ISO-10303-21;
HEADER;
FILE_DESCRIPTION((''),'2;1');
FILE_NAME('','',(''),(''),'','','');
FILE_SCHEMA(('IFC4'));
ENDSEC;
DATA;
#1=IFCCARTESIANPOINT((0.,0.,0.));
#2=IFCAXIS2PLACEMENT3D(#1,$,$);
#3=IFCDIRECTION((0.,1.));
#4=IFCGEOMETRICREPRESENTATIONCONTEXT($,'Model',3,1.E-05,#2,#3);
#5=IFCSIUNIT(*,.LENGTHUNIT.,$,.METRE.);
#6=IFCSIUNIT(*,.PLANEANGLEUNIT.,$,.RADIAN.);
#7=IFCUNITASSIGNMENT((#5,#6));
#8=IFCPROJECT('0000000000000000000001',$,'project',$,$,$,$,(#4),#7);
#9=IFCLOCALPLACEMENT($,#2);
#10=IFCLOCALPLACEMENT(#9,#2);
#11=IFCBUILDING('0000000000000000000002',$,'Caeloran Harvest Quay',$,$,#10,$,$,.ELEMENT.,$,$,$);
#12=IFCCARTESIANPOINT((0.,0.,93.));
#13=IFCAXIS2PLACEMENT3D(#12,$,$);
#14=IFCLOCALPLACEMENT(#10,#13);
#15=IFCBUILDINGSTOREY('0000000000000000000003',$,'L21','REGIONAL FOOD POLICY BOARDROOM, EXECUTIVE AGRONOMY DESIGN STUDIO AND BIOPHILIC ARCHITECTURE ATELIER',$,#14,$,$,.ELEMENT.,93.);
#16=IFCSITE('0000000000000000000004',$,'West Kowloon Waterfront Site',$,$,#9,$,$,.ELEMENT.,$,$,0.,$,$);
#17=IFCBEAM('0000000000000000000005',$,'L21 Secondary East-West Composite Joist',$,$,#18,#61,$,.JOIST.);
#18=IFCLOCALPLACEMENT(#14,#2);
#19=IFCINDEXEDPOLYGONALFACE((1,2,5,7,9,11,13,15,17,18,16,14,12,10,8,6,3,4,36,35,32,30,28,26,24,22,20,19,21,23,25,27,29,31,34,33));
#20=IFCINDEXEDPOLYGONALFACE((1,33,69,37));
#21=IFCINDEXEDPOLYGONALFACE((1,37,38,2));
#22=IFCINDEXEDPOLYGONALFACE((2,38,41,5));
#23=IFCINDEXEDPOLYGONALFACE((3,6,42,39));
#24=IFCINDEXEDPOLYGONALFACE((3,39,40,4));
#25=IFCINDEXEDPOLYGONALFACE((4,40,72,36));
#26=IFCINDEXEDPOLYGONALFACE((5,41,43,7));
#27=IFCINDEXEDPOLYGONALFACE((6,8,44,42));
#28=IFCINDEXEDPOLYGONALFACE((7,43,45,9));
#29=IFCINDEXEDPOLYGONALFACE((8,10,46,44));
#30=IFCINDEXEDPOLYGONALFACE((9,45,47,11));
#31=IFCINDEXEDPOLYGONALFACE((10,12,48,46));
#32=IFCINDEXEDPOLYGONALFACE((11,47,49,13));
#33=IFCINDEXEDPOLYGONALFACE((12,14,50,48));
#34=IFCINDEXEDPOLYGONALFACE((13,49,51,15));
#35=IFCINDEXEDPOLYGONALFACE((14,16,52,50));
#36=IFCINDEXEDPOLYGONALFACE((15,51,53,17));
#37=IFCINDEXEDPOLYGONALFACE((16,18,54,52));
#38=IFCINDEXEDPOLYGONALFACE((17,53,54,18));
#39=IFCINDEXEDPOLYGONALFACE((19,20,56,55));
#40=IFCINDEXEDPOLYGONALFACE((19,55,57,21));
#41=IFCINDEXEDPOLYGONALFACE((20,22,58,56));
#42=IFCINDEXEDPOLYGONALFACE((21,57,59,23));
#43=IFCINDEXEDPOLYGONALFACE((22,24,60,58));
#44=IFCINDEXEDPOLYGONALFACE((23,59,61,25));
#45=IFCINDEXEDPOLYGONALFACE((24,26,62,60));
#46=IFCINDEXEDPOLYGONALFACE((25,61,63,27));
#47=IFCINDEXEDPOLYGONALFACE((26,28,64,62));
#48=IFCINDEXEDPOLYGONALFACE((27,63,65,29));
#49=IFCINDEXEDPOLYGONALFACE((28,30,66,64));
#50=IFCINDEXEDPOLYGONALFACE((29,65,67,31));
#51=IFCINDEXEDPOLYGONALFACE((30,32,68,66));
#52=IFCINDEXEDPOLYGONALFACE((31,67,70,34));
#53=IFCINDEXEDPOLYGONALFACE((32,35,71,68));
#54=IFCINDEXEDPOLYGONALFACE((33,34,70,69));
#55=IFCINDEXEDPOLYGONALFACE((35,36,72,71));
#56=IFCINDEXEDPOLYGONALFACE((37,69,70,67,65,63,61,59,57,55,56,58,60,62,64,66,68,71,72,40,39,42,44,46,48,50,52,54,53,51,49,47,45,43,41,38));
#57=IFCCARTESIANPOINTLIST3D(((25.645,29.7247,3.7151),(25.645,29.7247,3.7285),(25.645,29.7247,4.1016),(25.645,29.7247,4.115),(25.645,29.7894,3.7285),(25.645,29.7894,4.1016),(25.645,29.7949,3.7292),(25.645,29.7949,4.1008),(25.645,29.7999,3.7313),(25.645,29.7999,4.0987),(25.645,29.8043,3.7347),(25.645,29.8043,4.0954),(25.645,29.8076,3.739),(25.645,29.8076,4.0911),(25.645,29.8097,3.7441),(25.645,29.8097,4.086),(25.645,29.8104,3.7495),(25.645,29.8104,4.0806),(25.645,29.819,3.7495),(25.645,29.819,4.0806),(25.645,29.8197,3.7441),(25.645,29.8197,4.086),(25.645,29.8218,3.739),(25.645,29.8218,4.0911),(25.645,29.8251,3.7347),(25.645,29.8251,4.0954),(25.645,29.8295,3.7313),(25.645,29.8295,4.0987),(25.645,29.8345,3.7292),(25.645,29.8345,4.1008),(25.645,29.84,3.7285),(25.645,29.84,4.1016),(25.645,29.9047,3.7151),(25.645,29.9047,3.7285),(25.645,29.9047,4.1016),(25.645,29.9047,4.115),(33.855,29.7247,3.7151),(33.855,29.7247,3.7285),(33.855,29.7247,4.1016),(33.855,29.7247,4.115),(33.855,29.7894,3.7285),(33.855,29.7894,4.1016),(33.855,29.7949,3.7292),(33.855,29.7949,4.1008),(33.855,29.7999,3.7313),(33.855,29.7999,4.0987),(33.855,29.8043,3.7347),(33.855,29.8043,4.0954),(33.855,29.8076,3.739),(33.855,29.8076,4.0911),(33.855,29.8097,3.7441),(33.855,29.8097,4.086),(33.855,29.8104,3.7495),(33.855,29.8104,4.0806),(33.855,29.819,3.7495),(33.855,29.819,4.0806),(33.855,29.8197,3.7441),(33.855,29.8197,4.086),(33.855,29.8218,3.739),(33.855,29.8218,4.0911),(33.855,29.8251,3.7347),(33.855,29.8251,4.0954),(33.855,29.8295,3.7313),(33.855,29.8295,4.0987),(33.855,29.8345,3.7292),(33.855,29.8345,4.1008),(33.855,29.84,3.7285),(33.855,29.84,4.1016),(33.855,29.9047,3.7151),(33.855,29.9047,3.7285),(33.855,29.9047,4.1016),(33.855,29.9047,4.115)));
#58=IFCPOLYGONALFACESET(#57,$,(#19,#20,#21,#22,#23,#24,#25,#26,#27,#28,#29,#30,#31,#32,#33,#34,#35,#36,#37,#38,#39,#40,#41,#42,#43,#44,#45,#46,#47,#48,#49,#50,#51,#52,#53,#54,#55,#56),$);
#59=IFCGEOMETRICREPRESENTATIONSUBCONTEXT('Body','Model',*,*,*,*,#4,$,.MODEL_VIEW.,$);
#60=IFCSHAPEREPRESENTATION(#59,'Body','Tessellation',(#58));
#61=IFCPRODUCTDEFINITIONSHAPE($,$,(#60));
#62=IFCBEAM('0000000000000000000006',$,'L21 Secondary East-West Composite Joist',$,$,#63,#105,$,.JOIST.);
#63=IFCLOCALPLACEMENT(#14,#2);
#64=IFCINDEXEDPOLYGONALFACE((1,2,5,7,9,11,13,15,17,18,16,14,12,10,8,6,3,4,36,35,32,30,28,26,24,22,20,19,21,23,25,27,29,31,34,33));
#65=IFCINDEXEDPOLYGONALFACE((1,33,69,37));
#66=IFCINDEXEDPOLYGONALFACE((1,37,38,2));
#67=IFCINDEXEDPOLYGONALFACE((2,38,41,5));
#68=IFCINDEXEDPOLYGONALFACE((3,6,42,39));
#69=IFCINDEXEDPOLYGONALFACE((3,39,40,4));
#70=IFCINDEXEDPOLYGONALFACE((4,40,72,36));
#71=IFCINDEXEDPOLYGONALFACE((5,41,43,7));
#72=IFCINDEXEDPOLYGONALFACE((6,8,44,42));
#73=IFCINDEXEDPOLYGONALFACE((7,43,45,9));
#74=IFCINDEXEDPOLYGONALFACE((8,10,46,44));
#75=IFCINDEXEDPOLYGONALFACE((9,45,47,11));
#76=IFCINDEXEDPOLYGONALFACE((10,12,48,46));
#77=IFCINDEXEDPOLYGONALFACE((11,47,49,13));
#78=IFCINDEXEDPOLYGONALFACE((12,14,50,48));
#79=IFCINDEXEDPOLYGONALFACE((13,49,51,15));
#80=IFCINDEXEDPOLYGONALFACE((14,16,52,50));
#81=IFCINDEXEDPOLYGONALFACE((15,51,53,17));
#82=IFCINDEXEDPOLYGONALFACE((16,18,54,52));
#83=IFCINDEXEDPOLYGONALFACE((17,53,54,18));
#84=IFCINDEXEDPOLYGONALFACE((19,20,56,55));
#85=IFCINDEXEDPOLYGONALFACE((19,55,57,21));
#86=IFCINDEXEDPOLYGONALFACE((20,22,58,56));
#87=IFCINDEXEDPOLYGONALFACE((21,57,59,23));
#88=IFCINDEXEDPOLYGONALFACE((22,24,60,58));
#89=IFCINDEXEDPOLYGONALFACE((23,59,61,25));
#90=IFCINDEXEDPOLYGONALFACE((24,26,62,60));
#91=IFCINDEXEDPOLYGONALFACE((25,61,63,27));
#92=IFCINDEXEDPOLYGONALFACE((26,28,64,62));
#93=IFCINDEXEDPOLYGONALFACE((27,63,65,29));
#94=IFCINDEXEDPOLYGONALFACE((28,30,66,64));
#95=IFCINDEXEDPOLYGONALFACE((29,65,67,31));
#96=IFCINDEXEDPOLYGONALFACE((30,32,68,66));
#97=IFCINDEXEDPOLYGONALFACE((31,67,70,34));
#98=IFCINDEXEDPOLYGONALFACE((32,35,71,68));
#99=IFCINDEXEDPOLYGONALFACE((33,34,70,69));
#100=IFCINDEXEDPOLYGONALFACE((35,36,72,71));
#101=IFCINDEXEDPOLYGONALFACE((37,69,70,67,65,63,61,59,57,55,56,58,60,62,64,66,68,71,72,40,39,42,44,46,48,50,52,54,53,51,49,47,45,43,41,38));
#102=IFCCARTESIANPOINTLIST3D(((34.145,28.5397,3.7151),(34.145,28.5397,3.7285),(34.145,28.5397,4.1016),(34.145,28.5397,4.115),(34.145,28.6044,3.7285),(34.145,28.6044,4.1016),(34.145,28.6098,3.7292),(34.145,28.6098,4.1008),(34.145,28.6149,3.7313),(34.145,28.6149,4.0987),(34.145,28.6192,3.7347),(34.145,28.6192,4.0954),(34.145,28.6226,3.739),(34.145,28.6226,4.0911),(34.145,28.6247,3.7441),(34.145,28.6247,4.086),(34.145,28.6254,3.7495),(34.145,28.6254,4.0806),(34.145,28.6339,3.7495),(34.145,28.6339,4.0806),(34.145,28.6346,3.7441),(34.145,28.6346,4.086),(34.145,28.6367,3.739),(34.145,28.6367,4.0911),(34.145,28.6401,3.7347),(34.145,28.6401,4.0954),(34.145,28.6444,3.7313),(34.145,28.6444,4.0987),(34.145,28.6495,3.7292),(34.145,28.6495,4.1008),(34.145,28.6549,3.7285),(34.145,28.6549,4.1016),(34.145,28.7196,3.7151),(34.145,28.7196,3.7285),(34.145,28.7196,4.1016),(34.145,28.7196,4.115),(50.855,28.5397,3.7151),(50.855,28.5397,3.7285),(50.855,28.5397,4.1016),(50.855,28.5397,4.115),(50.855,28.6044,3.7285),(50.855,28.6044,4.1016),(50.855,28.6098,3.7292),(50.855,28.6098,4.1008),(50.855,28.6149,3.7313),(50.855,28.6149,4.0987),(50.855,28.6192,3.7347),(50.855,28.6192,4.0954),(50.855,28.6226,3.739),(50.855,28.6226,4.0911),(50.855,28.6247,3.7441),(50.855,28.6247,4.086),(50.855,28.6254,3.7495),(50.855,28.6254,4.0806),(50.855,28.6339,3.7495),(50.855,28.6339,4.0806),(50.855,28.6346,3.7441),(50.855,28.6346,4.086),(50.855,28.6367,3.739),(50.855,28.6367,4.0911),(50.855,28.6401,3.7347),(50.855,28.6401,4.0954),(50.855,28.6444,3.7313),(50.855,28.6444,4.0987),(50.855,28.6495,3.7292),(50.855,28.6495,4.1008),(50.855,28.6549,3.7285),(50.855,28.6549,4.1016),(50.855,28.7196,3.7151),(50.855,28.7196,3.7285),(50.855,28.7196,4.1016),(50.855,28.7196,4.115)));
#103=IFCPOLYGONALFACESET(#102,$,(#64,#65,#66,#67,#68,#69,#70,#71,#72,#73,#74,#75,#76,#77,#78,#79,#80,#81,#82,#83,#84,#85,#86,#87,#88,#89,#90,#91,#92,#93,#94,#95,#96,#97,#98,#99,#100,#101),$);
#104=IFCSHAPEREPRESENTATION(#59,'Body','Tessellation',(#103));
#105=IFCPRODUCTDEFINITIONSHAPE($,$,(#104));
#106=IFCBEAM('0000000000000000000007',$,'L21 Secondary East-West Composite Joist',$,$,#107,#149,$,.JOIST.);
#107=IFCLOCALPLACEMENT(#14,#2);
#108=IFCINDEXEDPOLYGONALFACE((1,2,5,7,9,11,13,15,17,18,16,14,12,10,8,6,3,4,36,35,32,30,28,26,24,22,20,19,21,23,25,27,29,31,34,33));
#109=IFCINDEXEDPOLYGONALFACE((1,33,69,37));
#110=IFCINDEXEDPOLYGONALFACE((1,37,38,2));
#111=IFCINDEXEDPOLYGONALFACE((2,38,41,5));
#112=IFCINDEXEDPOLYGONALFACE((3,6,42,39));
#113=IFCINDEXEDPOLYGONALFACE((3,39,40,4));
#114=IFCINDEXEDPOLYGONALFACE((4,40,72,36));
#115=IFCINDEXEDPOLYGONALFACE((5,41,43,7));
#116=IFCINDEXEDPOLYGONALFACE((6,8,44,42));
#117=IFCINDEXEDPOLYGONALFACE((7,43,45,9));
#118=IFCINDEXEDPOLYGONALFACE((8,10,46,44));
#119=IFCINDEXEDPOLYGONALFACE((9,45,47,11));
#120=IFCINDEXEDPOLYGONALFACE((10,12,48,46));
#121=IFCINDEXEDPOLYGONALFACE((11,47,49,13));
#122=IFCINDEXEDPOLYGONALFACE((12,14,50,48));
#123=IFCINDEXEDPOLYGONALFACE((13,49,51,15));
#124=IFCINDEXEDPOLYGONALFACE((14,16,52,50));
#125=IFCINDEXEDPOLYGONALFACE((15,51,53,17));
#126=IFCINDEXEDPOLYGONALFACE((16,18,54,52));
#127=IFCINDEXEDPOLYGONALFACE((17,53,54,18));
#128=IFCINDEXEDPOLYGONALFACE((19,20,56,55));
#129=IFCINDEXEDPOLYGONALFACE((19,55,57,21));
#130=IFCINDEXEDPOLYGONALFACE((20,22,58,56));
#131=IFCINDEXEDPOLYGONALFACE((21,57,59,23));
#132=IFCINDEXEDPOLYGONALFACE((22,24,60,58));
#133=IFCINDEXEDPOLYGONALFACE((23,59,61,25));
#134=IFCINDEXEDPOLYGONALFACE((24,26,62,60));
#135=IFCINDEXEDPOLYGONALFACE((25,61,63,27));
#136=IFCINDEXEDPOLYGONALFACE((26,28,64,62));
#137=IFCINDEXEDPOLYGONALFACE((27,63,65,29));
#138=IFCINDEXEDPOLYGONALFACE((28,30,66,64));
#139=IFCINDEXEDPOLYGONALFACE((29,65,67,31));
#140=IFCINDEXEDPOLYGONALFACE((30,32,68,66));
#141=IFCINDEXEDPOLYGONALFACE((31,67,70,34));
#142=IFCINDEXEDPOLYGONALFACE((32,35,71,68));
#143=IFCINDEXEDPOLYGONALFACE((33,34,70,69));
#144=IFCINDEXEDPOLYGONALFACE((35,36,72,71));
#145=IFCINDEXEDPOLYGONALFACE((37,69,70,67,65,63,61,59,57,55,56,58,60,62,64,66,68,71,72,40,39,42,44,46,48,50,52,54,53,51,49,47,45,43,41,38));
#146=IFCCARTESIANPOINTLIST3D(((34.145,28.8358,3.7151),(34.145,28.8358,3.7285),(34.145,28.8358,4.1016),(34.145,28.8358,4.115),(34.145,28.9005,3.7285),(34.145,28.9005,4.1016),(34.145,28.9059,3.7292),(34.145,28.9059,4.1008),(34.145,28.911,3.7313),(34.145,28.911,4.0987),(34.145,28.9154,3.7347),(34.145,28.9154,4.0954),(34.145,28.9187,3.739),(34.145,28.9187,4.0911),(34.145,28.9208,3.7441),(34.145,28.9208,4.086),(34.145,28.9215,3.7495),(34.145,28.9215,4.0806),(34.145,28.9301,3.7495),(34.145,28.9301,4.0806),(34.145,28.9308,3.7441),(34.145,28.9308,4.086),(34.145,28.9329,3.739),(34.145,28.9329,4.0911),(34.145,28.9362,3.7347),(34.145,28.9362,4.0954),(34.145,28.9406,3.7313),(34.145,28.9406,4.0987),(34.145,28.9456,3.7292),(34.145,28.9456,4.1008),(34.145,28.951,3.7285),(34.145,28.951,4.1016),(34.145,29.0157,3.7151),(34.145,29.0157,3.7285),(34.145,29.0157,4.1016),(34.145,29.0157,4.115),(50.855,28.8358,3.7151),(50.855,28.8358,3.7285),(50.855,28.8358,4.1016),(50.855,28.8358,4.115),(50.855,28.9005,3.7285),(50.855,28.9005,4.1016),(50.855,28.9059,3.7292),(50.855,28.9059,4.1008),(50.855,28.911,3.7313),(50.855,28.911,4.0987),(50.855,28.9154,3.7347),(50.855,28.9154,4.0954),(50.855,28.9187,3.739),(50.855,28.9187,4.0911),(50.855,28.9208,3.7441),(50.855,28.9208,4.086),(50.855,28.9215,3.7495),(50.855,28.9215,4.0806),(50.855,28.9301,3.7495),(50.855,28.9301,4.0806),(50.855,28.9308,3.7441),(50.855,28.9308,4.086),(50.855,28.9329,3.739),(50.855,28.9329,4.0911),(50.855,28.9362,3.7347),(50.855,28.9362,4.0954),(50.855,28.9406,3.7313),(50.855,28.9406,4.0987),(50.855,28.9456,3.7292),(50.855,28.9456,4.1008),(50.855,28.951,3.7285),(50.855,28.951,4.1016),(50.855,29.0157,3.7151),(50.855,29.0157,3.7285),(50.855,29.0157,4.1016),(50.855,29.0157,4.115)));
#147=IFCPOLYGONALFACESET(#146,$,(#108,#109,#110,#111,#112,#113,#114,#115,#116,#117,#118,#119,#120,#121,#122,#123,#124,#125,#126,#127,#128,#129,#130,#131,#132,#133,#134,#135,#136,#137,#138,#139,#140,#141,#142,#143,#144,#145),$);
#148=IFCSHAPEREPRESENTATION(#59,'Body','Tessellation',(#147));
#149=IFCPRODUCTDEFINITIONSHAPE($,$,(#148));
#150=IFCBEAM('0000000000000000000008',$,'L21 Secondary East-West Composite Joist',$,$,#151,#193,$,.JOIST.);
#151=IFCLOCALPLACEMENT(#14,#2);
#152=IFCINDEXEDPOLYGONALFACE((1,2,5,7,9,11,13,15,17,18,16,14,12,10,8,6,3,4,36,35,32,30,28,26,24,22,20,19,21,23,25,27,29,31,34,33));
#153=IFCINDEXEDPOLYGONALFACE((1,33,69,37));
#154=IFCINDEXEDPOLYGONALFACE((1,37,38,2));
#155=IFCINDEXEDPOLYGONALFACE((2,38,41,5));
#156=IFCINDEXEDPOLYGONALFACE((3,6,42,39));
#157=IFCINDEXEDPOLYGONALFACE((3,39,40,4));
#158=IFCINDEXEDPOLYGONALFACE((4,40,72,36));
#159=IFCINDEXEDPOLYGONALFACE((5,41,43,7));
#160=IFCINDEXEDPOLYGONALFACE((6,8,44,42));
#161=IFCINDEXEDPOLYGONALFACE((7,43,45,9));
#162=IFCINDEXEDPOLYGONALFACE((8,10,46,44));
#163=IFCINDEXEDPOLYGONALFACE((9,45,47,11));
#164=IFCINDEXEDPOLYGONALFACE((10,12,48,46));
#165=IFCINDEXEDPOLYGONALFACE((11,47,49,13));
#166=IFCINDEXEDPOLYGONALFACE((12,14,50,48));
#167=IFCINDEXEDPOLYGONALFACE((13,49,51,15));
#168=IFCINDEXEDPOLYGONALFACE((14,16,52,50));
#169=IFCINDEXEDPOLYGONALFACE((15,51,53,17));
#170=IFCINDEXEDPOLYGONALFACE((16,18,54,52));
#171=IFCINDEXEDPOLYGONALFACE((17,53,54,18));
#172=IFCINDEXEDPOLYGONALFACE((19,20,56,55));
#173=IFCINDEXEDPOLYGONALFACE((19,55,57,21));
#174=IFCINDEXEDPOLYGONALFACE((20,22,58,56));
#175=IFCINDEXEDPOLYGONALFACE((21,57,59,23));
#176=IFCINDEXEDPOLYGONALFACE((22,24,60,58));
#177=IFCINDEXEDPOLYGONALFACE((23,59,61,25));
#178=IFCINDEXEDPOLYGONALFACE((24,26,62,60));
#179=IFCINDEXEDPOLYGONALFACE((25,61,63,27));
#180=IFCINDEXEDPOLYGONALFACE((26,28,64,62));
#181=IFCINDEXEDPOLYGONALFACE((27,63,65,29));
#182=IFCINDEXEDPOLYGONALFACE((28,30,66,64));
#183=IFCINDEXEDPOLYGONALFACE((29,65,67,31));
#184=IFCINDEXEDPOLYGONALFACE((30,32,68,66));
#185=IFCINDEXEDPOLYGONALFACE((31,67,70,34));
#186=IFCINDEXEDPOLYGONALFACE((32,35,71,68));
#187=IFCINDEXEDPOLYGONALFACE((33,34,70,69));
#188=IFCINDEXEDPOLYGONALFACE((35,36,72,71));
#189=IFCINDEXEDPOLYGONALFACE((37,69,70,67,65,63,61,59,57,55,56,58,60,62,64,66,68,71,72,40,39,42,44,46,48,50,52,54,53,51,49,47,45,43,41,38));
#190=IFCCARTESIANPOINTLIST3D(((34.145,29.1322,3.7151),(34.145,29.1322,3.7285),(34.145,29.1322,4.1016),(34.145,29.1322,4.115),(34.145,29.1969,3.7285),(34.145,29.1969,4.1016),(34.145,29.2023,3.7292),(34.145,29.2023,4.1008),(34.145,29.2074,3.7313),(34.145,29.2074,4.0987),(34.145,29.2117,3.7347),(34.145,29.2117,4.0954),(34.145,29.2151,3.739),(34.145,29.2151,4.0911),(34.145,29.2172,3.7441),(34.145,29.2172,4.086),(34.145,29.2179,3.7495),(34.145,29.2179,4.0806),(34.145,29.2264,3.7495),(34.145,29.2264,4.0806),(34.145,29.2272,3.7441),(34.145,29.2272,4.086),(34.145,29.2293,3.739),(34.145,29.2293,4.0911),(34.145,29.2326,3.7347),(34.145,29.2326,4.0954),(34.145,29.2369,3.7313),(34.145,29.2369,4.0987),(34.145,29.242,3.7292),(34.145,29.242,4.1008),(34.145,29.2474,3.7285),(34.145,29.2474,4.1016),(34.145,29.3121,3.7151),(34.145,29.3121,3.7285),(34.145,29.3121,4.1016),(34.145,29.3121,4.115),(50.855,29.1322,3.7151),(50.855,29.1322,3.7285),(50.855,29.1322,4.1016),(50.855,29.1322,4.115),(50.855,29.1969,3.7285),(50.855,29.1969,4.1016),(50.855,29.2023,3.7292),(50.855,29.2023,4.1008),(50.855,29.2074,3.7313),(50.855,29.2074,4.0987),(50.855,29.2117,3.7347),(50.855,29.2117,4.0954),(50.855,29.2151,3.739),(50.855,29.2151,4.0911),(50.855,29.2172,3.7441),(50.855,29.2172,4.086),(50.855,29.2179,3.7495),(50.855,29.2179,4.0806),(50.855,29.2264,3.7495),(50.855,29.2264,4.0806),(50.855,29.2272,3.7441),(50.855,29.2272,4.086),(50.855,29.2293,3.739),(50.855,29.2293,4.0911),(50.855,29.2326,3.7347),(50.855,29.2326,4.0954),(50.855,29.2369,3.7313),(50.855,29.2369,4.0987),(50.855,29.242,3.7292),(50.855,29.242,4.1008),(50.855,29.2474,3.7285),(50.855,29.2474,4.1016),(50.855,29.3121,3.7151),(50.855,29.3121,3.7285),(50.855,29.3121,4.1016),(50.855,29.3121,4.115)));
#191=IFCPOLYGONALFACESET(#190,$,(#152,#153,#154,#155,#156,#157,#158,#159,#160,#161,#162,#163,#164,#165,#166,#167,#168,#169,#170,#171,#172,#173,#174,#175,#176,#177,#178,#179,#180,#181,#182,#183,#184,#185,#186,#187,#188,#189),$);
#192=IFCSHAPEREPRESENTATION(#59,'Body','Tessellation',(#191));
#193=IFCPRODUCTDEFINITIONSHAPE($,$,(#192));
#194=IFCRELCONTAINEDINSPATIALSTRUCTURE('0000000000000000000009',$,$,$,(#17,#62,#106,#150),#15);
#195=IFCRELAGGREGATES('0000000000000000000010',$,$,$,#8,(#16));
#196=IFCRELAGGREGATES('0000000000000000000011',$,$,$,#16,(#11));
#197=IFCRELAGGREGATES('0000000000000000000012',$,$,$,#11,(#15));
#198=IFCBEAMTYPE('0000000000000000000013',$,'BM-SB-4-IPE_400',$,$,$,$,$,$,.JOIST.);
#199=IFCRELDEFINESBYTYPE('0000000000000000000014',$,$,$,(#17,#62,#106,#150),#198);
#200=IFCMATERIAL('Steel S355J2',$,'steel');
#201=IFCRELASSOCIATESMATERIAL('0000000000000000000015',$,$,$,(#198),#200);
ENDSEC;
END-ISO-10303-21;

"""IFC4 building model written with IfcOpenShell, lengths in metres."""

from ifc_helpers import new_model, si_unit, direction, frame, origin, origin_2d, place, context, subcontext, project, spatial, i_section, extrude, material, material_profile, profile_set, type_object, element, save


model = new_model("IFC4")

# Units and contexts
model_context = context("Model", 3, precision=1e-05, world=origin(), true_north=direction((0.0, 1.0)))
body_context = subcontext(model_context, "Body", "Model", "MODEL_VIEW")
ifc_project = project(units=[si_unit("LENGTHUNIT", "METRE"), si_unit("PLANEANGLEUNIT", "RADIAN")], contexts=[model_context])

# Site, building, storey
site_placement = place(None, origin())
site = spatial("IfcSite", under=ifc_project, at=site_placement, Name="West Kowloon Waterfront Site", CompositionType="ELEMENT", RefElevation=0.0)
building_placement = place(site_placement, origin())
building = spatial("IfcBuilding", under=site, at=building_placement, Name="Caeloran Harvest Quay", CompositionType="ELEMENT")
storey_placement = place(building_placement, frame((0.0, 0.0, 93.0)))
storey = spatial("IfcBuildingStorey", under=building, at=storey_placement, Name="L21", Description="REGIONAL FOOD POLICY BOARDROOM, EXECUTIVE AGRONOMY DESIGN STUDIO AND BIOPHILIC ARCHITECTURE ATELIER", CompositionType="ELEMENT", Elevation=93.0)

# Beams
ifc_material_1 = material(Name="Steel S355J2", Category="steel")
ifc_material_profile_1 = material_profile(ifc_material_1, i_section(OverallWidth=0.1799, OverallDepth=0.3999, WebThickness=0.0085, FlangeThickness=0.0134, FilletRadius=0.021, at=origin_2d()), Name="IPE 400")
ifc_profile_set_1 = profile_set([ifc_material_profile_1], Name="Steel S355J2")
beam_type_1 = type_object("IfcBeamType", Name="BM-SB-4-IPE_400", PredefinedType="JOIST", material=ifc_profile_set_1)
for number, where, z_axis, x_axis, name in (
    (1, (25.645, 29.8147, 3.915), (1.0, 0.0, 0.0), (0.0, 1.0, 0.0), "L21 Secondary East-West Composite Joist"),
):
    element("IfcBeam", number, at=place(storey_placement, frame(where, z_axis=z_axis, x_axis=x_axis)), inside=storey, type_object=beam_type_1, Name=name, PredefinedType="JOIST", context=body_context, shape_type="SweptSolid", body=[
        extrude(i_section(OverallWidth=0.1799, OverallDepth=0.3999, WebThickness=0.0085, FlangeThickness=0.0134, FilletRadius=0.021, at=origin_2d()), origin(), (0.0, 0.0, 1.0), 8.21),
    ])
for number, where, z_axis, x_axis, name in (
    (2, (34.145, 28.6296, 3.915), (1.0, 0.0, 0.0), (0.0, 1.0, 0.0), "L21 Secondary East-West Composite Joist"),
    (3, (34.145, 28.9258, 3.915), (1.0, 0.0, 0.0), (0.0, 1.0, 0.0), "L21 Secondary East-West Composite Joist"),
    (4, (34.145, 29.2222, 3.915), (1.0, 0.0, 0.0), (0.0, 1.0, 0.0), "L21 Secondary East-West Composite Joist"),
):
    element("IfcBeam", number, at=place(storey_placement, frame(where, z_axis=z_axis, x_axis=x_axis)), inside=storey, type_object=beam_type_1, Name=name, PredefinedType="JOIST", context=body_context, shape_type="SweptSolid", body=[
        extrude(i_section(OverallWidth=0.1799, OverallDepth=0.3999, WebThickness=0.0085, FlangeThickness=0.0134, FilletRadius=0.021, at=origin_2d()), origin(), (0.0, 0.0, 1.0), 16.71),
    ])

save(model, "model.ifc")
